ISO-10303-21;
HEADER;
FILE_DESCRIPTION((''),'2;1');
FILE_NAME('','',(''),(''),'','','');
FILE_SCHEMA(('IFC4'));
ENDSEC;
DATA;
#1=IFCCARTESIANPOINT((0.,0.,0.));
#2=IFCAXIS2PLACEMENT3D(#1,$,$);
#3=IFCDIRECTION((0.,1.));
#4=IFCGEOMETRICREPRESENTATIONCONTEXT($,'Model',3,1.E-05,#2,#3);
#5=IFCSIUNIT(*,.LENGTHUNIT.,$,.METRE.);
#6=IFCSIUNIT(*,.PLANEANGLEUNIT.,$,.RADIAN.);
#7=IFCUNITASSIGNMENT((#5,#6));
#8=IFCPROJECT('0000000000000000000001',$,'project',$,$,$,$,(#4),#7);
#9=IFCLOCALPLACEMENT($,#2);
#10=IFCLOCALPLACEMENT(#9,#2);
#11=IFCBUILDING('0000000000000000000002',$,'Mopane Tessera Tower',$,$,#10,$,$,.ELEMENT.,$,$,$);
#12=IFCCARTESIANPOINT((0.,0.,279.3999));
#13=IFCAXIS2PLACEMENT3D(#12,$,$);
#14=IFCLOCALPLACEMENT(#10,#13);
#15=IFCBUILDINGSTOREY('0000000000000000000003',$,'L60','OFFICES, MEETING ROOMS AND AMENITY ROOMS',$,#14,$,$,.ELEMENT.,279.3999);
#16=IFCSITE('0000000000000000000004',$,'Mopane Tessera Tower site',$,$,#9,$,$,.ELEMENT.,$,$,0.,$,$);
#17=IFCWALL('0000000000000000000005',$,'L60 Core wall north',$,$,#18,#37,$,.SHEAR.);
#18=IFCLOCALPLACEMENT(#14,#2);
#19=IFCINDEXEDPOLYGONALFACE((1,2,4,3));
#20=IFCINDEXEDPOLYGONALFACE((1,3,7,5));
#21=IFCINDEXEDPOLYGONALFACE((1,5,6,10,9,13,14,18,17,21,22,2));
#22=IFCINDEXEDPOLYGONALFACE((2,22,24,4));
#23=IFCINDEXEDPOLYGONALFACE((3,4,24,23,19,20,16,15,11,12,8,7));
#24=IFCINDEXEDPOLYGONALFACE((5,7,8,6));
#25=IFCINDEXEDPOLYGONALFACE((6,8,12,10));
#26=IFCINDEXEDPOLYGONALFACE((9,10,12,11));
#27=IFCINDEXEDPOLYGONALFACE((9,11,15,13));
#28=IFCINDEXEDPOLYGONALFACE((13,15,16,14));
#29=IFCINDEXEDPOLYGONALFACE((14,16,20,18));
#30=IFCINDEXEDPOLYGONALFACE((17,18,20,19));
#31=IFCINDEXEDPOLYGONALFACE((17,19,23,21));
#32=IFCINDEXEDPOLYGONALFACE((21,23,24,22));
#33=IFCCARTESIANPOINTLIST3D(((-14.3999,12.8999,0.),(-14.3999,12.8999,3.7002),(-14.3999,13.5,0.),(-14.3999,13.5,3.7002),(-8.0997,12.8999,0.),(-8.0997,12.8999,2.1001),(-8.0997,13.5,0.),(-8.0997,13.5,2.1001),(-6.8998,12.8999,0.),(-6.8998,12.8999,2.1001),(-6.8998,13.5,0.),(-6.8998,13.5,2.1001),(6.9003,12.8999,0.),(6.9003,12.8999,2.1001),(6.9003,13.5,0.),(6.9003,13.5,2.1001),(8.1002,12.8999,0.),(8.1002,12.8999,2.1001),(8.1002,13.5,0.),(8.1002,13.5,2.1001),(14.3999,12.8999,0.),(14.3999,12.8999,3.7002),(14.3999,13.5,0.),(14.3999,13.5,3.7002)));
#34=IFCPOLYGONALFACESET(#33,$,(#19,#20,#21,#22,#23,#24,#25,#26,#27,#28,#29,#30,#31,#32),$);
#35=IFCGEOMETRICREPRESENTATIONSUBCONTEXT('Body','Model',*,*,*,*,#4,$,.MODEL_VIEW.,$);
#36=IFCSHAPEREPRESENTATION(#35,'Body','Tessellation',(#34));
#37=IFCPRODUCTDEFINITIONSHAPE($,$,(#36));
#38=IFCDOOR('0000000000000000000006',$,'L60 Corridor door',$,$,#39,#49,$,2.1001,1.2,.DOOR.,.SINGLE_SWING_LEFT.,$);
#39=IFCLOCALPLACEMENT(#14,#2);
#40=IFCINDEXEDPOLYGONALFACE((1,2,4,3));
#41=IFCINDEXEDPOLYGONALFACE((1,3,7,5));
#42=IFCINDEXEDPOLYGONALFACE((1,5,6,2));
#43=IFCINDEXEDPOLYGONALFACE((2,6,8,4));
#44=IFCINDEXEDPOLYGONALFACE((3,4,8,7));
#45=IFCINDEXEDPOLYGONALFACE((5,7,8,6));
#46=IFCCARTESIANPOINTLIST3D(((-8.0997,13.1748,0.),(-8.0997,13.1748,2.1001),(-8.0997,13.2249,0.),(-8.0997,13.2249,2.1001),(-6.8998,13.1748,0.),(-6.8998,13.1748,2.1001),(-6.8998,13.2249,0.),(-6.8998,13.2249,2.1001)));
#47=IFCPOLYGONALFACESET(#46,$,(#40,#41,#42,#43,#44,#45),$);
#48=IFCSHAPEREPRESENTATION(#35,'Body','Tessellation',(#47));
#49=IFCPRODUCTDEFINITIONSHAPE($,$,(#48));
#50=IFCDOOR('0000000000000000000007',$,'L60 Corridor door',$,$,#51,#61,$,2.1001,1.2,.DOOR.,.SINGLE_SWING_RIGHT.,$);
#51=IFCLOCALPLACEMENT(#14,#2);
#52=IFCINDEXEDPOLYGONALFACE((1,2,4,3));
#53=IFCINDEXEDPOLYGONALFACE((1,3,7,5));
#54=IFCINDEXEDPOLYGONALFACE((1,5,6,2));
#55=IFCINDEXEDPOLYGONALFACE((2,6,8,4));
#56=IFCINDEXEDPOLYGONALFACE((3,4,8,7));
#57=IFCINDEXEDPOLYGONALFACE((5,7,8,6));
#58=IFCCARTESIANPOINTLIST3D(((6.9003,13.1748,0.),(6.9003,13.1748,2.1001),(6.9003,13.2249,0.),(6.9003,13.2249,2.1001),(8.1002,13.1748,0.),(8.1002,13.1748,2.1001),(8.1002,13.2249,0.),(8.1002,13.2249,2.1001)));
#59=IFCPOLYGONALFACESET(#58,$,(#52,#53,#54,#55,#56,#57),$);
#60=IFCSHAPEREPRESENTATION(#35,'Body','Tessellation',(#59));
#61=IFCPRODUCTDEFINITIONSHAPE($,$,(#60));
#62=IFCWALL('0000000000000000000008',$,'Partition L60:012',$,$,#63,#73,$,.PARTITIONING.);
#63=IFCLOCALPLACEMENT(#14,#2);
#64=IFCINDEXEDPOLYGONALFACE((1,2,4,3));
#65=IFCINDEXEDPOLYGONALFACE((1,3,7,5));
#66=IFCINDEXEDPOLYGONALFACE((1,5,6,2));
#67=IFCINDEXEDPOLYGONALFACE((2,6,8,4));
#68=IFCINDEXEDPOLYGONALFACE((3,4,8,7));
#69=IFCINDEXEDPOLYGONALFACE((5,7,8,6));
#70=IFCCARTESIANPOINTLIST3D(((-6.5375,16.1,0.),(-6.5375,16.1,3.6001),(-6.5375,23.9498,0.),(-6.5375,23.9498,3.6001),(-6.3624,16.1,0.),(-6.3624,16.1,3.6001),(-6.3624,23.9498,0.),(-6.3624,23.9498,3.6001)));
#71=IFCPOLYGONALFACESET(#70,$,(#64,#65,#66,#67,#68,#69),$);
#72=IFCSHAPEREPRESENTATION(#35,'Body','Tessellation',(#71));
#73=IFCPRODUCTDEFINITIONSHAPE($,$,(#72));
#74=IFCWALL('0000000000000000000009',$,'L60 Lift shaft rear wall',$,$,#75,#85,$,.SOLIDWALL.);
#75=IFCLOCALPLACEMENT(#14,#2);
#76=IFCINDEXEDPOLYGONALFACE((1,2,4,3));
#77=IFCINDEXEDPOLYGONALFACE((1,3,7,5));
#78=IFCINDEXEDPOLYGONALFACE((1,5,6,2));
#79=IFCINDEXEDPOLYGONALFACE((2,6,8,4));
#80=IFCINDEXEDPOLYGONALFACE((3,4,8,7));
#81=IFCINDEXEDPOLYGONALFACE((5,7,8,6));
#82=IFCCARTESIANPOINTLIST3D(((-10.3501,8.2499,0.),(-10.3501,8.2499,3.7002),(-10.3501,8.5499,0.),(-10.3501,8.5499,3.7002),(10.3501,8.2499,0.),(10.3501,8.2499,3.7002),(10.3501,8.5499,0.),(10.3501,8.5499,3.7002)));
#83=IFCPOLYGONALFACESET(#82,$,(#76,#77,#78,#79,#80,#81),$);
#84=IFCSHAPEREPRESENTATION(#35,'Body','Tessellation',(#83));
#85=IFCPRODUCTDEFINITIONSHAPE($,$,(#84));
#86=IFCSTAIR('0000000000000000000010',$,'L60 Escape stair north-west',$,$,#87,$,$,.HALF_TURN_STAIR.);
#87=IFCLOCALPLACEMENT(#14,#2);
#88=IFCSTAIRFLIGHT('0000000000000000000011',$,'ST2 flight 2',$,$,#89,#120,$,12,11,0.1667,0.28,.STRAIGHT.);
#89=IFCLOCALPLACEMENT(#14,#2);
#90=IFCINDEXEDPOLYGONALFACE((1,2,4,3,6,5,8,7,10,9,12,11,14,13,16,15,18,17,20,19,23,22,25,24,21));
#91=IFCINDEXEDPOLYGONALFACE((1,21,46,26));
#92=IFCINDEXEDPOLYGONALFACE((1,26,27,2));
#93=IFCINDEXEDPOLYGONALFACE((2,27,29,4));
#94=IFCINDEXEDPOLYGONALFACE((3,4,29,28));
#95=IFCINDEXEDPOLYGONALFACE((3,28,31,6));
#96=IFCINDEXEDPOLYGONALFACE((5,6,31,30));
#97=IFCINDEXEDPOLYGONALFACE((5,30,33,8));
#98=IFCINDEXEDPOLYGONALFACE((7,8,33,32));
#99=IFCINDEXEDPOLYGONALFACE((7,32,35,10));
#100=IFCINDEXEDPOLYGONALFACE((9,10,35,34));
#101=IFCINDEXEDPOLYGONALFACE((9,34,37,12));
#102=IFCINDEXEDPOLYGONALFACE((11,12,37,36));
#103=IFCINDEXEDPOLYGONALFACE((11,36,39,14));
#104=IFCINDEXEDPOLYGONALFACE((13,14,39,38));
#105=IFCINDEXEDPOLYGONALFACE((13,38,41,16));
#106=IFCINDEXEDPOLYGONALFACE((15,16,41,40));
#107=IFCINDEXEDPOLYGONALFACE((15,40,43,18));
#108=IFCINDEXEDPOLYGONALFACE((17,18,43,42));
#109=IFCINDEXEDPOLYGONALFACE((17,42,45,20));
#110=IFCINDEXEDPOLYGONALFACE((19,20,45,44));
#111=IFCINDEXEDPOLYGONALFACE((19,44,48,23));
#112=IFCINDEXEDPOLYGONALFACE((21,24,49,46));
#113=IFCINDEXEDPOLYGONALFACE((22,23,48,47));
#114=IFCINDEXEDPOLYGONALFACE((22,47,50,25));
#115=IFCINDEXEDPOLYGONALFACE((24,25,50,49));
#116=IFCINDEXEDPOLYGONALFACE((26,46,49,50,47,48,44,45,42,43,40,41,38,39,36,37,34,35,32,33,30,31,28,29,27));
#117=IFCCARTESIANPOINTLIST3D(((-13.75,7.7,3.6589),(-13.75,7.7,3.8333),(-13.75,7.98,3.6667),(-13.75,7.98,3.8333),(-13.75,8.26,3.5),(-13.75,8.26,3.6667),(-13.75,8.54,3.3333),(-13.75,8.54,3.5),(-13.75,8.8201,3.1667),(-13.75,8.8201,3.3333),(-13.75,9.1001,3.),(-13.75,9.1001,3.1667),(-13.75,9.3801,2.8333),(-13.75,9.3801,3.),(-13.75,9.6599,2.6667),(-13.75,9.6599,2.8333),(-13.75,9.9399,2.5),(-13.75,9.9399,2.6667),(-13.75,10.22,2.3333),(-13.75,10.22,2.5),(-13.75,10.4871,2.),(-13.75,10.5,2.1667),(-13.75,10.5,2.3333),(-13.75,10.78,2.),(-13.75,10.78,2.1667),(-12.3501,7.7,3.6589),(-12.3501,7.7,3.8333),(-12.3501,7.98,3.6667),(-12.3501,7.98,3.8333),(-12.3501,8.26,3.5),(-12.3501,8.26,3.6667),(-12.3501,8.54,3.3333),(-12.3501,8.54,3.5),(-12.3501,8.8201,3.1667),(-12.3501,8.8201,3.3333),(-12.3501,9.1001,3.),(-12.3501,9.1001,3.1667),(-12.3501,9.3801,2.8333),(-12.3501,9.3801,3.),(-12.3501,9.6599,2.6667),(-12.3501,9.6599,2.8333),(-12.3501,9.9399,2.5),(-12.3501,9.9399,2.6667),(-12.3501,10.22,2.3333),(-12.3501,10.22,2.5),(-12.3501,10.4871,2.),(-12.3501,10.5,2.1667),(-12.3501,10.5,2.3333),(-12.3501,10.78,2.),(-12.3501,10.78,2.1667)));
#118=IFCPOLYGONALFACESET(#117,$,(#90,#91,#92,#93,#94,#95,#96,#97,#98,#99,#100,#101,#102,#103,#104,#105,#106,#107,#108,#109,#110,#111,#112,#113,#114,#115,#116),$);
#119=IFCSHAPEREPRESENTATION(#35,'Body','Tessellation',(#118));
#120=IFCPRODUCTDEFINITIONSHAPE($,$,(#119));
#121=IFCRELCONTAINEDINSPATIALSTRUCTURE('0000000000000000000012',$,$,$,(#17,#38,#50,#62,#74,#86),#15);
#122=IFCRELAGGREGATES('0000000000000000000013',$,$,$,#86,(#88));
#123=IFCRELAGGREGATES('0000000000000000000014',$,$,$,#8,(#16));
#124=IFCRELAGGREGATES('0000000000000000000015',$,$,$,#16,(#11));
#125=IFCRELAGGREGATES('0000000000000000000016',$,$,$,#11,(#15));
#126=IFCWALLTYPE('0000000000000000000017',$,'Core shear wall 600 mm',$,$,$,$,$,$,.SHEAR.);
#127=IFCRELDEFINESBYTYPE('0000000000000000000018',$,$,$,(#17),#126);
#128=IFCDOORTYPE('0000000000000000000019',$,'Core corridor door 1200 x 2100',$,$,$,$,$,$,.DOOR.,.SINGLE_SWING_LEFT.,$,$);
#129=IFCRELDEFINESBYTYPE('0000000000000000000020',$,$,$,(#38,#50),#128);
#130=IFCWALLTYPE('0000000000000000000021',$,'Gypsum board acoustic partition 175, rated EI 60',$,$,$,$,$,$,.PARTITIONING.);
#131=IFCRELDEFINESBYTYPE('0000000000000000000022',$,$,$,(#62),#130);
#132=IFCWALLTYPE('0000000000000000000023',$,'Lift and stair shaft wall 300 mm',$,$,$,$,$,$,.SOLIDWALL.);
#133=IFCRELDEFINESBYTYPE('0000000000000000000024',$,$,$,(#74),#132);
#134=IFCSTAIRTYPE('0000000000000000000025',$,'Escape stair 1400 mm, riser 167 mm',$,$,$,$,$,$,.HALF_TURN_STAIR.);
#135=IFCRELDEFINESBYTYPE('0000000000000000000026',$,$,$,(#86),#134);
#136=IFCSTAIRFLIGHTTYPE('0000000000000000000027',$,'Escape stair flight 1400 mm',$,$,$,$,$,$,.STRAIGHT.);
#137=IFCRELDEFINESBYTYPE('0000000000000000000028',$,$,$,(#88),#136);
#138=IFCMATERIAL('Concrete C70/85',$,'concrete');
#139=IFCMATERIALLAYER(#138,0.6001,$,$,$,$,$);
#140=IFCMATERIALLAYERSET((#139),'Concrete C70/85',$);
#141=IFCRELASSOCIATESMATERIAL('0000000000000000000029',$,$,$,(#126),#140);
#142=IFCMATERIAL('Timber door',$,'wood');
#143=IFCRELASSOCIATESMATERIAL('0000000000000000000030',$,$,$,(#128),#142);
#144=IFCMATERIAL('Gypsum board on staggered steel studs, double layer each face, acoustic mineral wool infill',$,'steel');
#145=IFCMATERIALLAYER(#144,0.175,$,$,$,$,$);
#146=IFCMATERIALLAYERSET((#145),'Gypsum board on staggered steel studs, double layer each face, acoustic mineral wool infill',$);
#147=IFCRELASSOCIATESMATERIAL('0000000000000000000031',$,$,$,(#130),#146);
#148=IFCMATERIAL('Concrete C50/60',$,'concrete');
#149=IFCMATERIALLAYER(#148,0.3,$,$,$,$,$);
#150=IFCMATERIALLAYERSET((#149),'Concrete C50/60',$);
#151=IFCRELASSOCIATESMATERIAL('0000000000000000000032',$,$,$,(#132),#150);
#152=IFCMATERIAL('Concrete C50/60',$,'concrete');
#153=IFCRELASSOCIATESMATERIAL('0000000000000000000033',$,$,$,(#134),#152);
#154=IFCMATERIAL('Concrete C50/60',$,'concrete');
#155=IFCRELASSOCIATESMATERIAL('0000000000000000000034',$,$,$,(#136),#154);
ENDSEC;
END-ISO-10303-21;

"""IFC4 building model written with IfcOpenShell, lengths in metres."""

from ifc_helpers import new_model, si_unit, direction, frame, frame_2d, origin, place, context, subcontext, project, spatial, polyline, rectangle, outline, extrude, material, layer, layer_set, type_object, element, fill, aggregate, save


model = new_model("IFC4")

# Units and contexts
model_context = context("Model", 3, precision=1e-05, world=origin(), true_north=direction((0.0, 1.0)))
body_context = subcontext(model_context, "Body", "Model", "MODEL_VIEW")
ifc_project = project(units=[si_unit("LENGTHUNIT", "METRE"), si_unit("PLANEANGLEUNIT", "RADIAN")], contexts=[model_context])

# Site, building, storey
site_placement = place(None, origin())
site = spatial("IfcSite", under=ifc_project, at=site_placement, Name="Mopane Tessera Tower site", CompositionType="ELEMENT", RefElevation=0.0)
building_placement = place(site_placement, origin())
building = spatial("IfcBuilding", under=site, at=building_placement, Name="Mopane Tessera Tower", CompositionType="ELEMENT")
storey_placement = place(building_placement, frame((0.0, 0.0, 279.3999)))
storey = spatial("IfcBuildingStorey", under=building, at=storey_placement, Name="L60", Description="OFFICES, MEETING ROOMS AND AMENITY ROOMS", CompositionType="ELEMENT", Elevation=279.3999)

# Wall, openings, doors
ifc_material_1 = material(Name="Concrete C70/85", Category="concrete")
ifc_layer_1 = layer(ifc_material_1, 0.6001)
ifc_layer_set_1 = layer_set([ifc_layer_1], Name="Concrete C70/85")
wall_type_1 = type_object("IfcWallType", Name="Core shear wall 600 mm", PredefinedType="SHEAR", material=ifc_layer_set_1)
wall_1_placement = place(storey_placement, frame((-14.3999, 13.2, 0.0), z_axis=(0.0, 0.0, 1.0), x_axis=(1.0, 0.0, 0.0)))
wall_1 = element("IfcWall", 1, at=wall_1_placement, inside=storey, type_object=wall_type_1, Name="L60 Core wall north", PredefinedType="SHEAR", context=body_context, shape_type="SweptSolid", body=[
    extrude(rectangle(XDim=28.7998, YDim=0.6001, at=frame_2d((14.3999, 0.0))), origin(), (0.0, 0.0, 1.0), 3.7002),
])
opening_1_placement = place(wall_1_placement, frame((6.3, 0.0, 0.0)))
opening_1 = element("IfcOpeningElement", 2, at=opening_1_placement, cuts=wall_1, PredefinedType="OPENING", context=body_context, shape_type="SweptSolid", body=[
    extrude(rectangle(XDim=1.2, YDim=2.1001, at=frame_2d((0.6001, 1.05))), frame((0.0, 0.312, 0.0), z_axis=(0.0, -1.0, 0.0), x_axis=(1.0, 0.0, 0.0)), (0.0, 0.0, 1.0), 0.624),
])
opening_2_placement = place(wall_1_placement, frame((21.3, 0.0, 0.0)))
opening_2 = element("IfcOpeningElement", 3, at=opening_2_placement, cuts=wall_1, PredefinedType="OPENING", context=body_context, shape_type="SweptSolid", body=[
    extrude(rectangle(XDim=1.2, YDim=2.1001, at=frame_2d((0.6001, 1.05))), frame((0.0, 0.312, 0.0), z_axis=(0.0, -1.0, 0.0), x_axis=(1.0, 0.0, 0.0)), (0.0, 0.0, 1.0), 0.624),
])
ifc_material_2 = material(Name="Timber door", Category="wood")
door_type_1 = type_object("IfcDoorType", Name="Core corridor door 1200 x 2100", OperationType="SINGLE_SWING_LEFT", PredefinedType="DOOR", material=ifc_material_2)
door_1_placement = place(opening_1_placement, origin())
door_1 = element("IfcDoor", 4, at=door_1_placement, inside=storey, type_object=door_type_1, Name="L60 Corridor door", OperationType="SINGLE_SWING_LEFT", OverallHeight=2.1001, OverallWidth=1.2, PredefinedType="DOOR", context=body_context, shape_type="SweptSolid", body=[
    extrude(rectangle(XDim=1.2, YDim=2.1001, at=frame_2d((0.6001, 1.05))), frame((0.0, 0.0249, 0.0), z_axis=(0.0, -1.0, 0.0), x_axis=(1.0, 0.0, 0.0)), (0.0, 0.0, 1.0), 0.05),
])
fill(opening_1, door_1)
door_2_placement = place(opening_2_placement, origin())
door_2 = element("IfcDoor", 5, at=door_2_placement, inside=storey, type_object=door_type_1, Name="L60 Corridor door", OperationType="SINGLE_SWING_RIGHT", OverallHeight=2.1001, OverallWidth=1.2, PredefinedType="DOOR", context=body_context, shape_type="SweptSolid", body=[
    extrude(rectangle(XDim=1.2, YDim=2.1001, at=frame_2d((0.6001, 1.05))), frame((0.0, 0.0249, 0.0), z_axis=(0.0, -1.0, 0.0), x_axis=(1.0, 0.0, 0.0)), (0.0, 0.0, 1.0), 0.05),
])
fill(opening_2, door_2)

# Walls
ifc_material_3 = material(Name="Gypsum board on staggered steel studs, double layer each face, acoustic mineral wool infill", Category="steel")
ifc_layer_2 = layer(ifc_material_3, 0.175)
ifc_layer_set_2 = layer_set([ifc_layer_2], Name="Gypsum board on staggered steel studs, double layer each face, acoustic mineral wool infill")
wall_type_2 = type_object("IfcWallType", Name="Gypsum board acoustic partition 175, rated EI 60", PredefinedType="PARTITIONING", material=ifc_layer_set_2)
wall_2_placement = place(storey_placement, frame((-6.45, 16.1001, 0.0), z_axis=(0.0, 0.0, 1.0), x_axis=(0.0, 1.0, 0.0)))
element("IfcWall", 6, at=wall_2_placement, inside=storey, type_object=wall_type_2, Name="Partition L60:012", PredefinedType="PARTITIONING", context=body_context, shape_type="SweptSolid", body=[
    extrude(rectangle(XDim=7.8499, YDim=0.175, at=frame_2d((3.9248, 0.0))), origin(), (0.0, 0.0, 1.0), 3.6001),
])
ifc_material_4 = material(Name="Concrete C50/60", Category="concrete")
ifc_layer_3 = layer(ifc_material_4, 0.3)
ifc_layer_set_3 = layer_set([ifc_layer_3], Name="Concrete C50/60")
wall_type_3 = type_object("IfcWallType", Name="Lift and stair shaft wall 300 mm", PredefinedType="SOLIDWALL", material=ifc_layer_set_3)
wall_3_placement = place(storey_placement, frame((-10.3501, 8.3999, 0.0), z_axis=(0.0, 0.0, 1.0), x_axis=(1.0, 0.0, 0.0)))
element("IfcWall", 7, at=wall_3_placement, inside=storey, type_object=wall_type_3, Name="L60 Lift shaft rear wall", PredefinedType="SOLIDWALL", context=body_context, shape_type="SweptSolid", body=[
    extrude(rectangle(XDim=20.7002, YDim=0.3, at=frame_2d((10.3501, 0.0))), origin(), (0.0, 0.0, 1.0), 3.7002),
])

# Stair, stair flight
ifc_material_5 = material(Name="Concrete C50/60", Category="concrete")
stair_type = type_object("IfcStairType", Name="Escape stair 1400 mm, riser 167 mm", PredefinedType="HALF_TURN_STAIR", material=ifc_material_5)
stair_placement = place(storey_placement, origin())
stair = element("IfcStair", 8, at=stair_placement, inside=storey, type_object=stair_type, Name="L60 Escape stair north-west", PredefinedType="HALF_TURN_STAIR")
ifc_material_6 = material(Name="Concrete C50/60", Category="concrete")
stair_flight_type = type_object("IfcStairFlightType", Name="Escape stair flight 1400 mm", PredefinedType="STRAIGHT", material=ifc_material_6)
stair_flight_placement = place(storey_placement, frame((-13.05, 10.78, 2.0), z_axis=(0.0, 0.0, 1.0), x_axis=(0.0, -1.0, 0.0)))
stair_flight = element("IfcStairFlight", 9, at=stair_flight_placement, type_object=stair_flight_type, Name="ST2 flight 2", NumberOfRisers=12, NumberOfTreads=11, PredefinedType="STRAIGHT", RiserHeight=0.1667, TreadLength=0.28, context=body_context, shape_type="SweptSolid", body=[
    extrude(outline(polyline([(0.0, 0.0), (0.0, 0.1667), (0.28, 0.1667), (0.28, 0.3333), (0.5601, 0.3333), (0.5601, 0.5), (0.8401, 0.5), (0.8401, 0.6667), (1.1201, 0.6667), (1.1201, 0.8333), (1.3999, 0.8333), (1.3999, 1.0), (1.6799, 1.0), (1.6799, 1.1667), (1.96, 1.1667), (1.96, 1.3333), (2.24, 1.3333), (2.24, 1.5), (2.52, 1.5), (2.52, 1.6667), (2.8, 1.6667), (2.8, 1.8333), (3.0801, 1.8333), (3.0801, 2.0), (3.0801, 1.6589), (0.293, 0.0), (0.0, 0.0)])), frame((0.0, 0.7, 0.0), z_axis=(0.0, -1.0, 0.0), x_axis=(1.0, 0.0, 0.0)), (0.0, 0.0, 1.0), 1.3999),
])
aggregate(stair, [stair_flight])

save(model, "model.ifc")
